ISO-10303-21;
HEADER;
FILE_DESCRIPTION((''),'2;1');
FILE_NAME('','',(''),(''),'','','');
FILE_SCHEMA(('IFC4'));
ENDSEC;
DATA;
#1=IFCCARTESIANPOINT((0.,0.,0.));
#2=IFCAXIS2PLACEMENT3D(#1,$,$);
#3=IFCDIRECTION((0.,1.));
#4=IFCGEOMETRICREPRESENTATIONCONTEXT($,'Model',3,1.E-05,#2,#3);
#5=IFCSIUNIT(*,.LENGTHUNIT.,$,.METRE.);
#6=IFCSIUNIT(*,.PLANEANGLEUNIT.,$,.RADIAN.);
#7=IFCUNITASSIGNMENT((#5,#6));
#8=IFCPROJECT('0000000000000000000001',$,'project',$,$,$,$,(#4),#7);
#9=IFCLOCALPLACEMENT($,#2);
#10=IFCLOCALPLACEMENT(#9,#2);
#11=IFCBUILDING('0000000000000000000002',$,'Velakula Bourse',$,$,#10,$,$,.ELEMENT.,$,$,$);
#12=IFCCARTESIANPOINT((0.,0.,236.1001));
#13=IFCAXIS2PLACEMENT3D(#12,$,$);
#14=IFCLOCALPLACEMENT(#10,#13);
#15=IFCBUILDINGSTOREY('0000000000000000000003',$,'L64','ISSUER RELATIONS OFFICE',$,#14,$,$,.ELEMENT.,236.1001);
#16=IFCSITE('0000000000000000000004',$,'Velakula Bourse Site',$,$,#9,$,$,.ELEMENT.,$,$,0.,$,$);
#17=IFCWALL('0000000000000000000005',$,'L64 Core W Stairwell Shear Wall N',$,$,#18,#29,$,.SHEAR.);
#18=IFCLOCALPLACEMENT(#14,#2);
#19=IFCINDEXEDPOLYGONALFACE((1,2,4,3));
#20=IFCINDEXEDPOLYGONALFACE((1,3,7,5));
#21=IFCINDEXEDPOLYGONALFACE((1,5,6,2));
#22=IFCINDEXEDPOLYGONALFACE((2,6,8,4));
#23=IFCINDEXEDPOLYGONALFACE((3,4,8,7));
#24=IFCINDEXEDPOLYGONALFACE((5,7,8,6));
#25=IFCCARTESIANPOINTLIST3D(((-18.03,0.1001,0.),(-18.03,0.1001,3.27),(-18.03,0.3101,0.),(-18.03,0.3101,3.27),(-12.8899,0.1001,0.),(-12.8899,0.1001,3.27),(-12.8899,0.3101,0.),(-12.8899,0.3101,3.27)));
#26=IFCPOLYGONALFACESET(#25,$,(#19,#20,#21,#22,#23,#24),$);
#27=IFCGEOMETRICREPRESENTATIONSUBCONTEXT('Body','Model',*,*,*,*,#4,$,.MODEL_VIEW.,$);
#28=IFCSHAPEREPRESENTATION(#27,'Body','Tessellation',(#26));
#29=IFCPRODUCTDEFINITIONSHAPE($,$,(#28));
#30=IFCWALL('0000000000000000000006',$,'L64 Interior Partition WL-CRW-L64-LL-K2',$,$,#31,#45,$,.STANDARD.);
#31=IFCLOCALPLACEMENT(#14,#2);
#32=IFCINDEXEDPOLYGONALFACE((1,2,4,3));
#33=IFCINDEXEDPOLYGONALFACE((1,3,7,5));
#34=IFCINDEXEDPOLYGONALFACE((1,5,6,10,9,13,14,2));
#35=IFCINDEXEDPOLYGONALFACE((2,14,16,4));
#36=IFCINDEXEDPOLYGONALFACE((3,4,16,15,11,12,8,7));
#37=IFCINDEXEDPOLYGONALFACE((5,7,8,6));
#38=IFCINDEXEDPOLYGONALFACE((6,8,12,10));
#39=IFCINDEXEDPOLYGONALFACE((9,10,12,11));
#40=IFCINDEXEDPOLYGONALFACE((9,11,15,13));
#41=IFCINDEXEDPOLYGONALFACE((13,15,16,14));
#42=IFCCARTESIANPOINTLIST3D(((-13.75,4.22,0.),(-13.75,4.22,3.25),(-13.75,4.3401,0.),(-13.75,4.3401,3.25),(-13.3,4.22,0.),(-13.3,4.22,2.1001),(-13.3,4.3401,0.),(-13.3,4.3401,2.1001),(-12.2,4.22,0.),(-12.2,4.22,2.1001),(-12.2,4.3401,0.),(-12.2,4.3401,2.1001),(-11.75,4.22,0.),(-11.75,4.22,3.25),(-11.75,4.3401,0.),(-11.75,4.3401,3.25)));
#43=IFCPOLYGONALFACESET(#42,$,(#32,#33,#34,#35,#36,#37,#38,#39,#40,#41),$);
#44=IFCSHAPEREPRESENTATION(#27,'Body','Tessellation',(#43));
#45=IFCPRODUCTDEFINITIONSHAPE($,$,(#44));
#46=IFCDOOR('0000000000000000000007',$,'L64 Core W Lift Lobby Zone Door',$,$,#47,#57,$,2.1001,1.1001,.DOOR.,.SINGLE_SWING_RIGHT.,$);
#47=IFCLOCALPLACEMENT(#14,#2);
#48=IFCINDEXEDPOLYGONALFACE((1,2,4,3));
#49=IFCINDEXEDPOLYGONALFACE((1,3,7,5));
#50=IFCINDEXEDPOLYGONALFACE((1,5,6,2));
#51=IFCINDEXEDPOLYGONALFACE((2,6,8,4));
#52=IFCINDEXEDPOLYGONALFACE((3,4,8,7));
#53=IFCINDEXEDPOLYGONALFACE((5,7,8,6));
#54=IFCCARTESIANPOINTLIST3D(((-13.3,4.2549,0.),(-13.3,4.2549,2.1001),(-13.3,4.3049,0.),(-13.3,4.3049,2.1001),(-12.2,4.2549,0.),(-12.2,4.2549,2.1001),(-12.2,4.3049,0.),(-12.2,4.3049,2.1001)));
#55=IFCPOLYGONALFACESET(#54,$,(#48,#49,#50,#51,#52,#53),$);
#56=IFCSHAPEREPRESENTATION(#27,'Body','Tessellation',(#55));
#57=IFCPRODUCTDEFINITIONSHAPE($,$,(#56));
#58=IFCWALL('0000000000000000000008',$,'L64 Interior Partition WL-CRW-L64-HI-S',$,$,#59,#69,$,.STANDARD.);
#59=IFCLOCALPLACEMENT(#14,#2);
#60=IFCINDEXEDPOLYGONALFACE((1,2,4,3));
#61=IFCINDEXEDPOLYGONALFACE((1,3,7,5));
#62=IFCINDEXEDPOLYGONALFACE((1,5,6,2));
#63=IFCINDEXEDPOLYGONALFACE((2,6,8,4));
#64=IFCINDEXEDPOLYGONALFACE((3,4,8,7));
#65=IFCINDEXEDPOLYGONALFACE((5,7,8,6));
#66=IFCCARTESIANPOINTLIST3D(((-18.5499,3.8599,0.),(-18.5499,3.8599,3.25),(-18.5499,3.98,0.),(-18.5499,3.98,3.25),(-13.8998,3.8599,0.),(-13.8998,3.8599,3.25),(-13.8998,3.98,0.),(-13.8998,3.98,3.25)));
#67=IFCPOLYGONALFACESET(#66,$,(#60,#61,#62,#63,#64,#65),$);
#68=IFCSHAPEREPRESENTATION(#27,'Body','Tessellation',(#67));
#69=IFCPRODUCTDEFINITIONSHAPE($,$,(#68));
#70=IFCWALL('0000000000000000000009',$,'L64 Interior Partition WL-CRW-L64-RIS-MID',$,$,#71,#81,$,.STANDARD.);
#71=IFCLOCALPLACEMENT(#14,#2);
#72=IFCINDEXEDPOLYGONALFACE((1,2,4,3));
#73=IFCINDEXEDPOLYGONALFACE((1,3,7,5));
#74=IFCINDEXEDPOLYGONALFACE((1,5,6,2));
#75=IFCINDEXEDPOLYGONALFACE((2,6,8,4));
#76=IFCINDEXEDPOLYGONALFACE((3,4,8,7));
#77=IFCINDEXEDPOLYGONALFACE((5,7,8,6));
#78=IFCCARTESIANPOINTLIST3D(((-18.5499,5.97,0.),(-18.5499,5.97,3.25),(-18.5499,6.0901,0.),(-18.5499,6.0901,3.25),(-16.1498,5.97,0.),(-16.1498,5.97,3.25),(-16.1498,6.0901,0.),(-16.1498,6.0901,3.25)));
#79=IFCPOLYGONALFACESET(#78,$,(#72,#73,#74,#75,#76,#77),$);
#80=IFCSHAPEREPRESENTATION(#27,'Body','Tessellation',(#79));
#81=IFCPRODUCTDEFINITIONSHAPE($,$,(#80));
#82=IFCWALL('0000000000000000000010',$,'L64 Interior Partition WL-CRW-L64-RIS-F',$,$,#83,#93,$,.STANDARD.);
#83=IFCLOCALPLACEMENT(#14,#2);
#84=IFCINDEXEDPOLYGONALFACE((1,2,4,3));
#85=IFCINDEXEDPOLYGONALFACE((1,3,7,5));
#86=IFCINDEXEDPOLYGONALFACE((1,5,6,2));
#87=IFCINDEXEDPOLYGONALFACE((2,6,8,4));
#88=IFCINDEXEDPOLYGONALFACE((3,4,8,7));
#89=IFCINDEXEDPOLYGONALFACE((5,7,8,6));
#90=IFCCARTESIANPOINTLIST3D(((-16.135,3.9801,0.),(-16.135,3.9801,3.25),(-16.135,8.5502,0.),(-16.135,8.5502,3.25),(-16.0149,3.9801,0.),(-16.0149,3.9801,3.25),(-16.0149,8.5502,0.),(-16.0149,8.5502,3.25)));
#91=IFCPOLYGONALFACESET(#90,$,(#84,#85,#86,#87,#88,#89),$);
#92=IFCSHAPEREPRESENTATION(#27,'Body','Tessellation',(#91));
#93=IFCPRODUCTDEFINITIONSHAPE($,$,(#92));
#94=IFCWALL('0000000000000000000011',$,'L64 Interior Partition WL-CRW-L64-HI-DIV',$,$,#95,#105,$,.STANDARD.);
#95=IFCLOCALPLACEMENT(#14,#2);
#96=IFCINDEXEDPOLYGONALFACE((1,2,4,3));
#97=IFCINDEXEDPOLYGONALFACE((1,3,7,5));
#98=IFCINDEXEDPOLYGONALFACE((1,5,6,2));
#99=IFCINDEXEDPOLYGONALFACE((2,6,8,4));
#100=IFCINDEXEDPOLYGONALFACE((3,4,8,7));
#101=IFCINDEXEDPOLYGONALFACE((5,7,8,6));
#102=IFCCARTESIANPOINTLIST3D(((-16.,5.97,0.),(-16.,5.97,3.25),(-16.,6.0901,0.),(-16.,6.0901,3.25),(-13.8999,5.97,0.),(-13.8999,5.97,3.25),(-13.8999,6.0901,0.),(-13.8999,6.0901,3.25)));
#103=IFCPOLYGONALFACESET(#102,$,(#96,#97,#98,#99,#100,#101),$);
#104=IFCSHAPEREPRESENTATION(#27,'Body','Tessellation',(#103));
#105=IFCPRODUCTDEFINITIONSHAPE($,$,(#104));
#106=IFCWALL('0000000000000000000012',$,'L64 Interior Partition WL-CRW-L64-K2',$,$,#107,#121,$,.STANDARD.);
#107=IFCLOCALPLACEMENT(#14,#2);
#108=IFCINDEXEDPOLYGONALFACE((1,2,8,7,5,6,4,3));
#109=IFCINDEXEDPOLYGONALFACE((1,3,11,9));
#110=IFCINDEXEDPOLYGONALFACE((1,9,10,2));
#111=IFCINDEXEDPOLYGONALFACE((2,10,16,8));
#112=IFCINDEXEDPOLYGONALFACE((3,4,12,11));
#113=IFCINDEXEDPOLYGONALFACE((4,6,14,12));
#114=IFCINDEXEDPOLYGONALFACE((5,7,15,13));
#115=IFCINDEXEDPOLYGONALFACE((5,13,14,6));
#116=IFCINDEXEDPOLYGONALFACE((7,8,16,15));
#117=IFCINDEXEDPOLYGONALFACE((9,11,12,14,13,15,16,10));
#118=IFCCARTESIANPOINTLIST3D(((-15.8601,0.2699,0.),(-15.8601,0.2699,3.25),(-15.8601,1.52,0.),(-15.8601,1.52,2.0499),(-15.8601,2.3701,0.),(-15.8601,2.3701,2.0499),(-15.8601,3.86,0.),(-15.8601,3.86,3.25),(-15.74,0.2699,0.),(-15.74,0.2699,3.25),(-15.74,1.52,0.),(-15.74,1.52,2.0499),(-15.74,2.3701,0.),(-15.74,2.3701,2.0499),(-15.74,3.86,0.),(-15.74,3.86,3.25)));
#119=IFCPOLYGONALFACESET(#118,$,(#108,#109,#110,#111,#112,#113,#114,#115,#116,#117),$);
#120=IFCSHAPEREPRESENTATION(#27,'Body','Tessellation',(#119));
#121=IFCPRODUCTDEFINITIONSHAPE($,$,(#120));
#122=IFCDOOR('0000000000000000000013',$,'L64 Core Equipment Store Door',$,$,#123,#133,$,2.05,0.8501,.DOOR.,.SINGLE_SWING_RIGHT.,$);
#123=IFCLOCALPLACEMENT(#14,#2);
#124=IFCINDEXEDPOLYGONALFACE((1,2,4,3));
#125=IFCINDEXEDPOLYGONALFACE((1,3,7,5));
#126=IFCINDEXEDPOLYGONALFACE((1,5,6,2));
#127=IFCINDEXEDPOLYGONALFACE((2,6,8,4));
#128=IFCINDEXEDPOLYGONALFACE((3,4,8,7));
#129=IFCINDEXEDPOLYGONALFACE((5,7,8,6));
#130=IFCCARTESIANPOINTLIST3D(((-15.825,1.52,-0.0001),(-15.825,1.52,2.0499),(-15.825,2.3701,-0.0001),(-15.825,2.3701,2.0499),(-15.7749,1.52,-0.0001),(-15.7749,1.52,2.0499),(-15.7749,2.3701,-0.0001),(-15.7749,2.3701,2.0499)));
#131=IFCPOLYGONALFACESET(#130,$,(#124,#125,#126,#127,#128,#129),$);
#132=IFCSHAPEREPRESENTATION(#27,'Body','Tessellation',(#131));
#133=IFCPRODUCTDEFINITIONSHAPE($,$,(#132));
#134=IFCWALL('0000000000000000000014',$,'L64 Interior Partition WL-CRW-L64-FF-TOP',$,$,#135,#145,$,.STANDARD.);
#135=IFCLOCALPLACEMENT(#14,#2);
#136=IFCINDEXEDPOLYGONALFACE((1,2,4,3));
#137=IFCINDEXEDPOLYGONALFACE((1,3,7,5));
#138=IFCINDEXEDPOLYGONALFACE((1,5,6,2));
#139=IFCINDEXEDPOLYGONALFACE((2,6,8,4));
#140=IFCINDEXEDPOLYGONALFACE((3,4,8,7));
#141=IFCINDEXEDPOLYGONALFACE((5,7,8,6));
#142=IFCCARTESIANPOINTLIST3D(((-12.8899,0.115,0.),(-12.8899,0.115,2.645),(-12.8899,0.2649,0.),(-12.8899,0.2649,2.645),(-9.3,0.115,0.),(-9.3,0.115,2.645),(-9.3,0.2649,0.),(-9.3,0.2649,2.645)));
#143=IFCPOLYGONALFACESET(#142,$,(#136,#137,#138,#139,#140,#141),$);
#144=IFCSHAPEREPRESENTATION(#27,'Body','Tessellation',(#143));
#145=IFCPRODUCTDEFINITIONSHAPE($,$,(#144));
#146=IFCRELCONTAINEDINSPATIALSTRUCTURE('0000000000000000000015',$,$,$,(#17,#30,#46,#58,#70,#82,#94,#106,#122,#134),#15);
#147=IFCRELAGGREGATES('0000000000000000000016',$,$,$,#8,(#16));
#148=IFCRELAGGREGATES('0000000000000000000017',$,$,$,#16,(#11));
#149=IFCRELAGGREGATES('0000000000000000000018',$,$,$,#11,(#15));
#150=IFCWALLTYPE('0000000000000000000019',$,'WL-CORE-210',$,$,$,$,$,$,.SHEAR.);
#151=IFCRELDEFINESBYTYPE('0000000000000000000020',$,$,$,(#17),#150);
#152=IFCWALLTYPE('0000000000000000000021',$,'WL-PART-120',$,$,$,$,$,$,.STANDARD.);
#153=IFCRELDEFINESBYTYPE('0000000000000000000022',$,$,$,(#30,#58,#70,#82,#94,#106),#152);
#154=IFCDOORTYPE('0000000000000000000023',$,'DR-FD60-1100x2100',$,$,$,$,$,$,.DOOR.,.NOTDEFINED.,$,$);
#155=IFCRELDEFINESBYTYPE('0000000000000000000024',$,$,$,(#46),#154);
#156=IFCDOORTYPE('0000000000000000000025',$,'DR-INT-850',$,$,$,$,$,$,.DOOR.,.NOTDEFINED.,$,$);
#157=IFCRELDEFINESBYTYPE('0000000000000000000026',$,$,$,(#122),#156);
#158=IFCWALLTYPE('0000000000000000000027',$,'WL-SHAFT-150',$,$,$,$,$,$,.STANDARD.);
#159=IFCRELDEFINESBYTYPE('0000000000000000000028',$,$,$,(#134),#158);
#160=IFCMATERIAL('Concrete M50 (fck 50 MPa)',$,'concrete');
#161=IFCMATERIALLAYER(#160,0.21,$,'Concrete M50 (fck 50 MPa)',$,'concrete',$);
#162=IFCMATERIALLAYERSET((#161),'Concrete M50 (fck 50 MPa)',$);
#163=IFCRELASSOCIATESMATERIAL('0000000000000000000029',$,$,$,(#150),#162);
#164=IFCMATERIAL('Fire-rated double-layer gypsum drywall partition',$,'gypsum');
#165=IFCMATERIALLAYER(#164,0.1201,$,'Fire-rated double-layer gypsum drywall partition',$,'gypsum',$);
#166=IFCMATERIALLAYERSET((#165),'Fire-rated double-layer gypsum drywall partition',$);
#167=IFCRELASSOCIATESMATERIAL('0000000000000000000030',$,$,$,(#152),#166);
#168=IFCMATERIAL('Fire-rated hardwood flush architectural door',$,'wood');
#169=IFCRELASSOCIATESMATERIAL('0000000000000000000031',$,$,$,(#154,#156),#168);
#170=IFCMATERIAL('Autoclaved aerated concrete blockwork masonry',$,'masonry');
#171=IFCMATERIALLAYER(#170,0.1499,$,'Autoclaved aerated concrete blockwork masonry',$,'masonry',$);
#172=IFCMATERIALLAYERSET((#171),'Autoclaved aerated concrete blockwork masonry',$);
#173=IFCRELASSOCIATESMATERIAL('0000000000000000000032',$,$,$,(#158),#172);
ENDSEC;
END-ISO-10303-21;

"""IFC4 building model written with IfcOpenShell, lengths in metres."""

from ifc_helpers import new_model, si_unit, direction, frame, frame_2d, origin, place, context, subcontext, project, spatial, rectangle, extrude, material, layer, layer_set, type_object, element, fill, save


model = new_model("IFC4")

# Units and contexts
model_context = context("Model", 3, precision=1e-05, world=origin(), true_north=direction((0.0, 1.0)))
body_context = subcontext(model_context, "Body", "Model", "MODEL_VIEW")
ifc_project = project(units=[si_unit("LENGTHUNIT", "METRE"), si_unit("PLANEANGLEUNIT", "RADIAN")], contexts=[model_context])

# Site, building, storey
site_placement = place(None, origin())
site = spatial("IfcSite", under=ifc_project, at=site_placement, Name="Velakula Bourse Site", CompositionType="ELEMENT", RefElevation=0.0)
building_placement = place(site_placement, origin())
building = spatial("IfcBuilding", under=site, at=building_placement, Name="Velakula Bourse", CompositionType="ELEMENT")
storey_placement = place(building_placement, frame((0.0, 0.0, 236.1001)))
storey = spatial("IfcBuildingStorey", under=building, at=storey_placement, Name="L64", Description="ISSUER RELATIONS OFFICE", CompositionType="ELEMENT", Elevation=236.1001)

# Wall
ifc_material_1 = material(Name="Concrete M50 (fck 50 MPa)", Category="concrete")
ifc_layer_1 = layer(ifc_material_1, 0.21, Name="Concrete M50 (fck 50 MPa)", Category="concrete")
ifc_layer_set_1 = layer_set([ifc_layer_1], Name="Concrete M50 (fck 50 MPa)")
wall_type_1 = type_object("IfcWallType", Name="WL-CORE-210", PredefinedType="SHEAR", material=ifc_layer_set_1)
wall_1_placement = place(storey_placement, frame((-12.8899, 0.2051, 0.0), z_axis=(0.0, 0.0, 1.0), x_axis=(-1.0, 0.0, 0.0)))
element("IfcWall", 1, at=wall_1_placement, inside=storey, type_object=wall_type_1, Name="L64 Core W Stairwell Shear Wall N", PredefinedType="SHEAR", context=body_context, shape_type="SweptSolid", body=[
    extrude(rectangle(XDim=5.1401, YDim=0.21, at=frame_2d((2.5701, 0.0))), origin(), (0.0, 0.0, 1.0), 3.27),
])

# Wall, opening, door
ifc_material_2 = material(Name="Fire-rated double-layer gypsum drywall partition", Category="gypsum")
ifc_layer_2 = layer(ifc_material_2, 0.1201, Name="Fire-rated double-layer gypsum drywall partition", Category="gypsum")
ifc_layer_set_2 = layer_set([ifc_layer_2], Name="Fire-rated double-layer gypsum drywall partition")
wall_type_2 = type_object("IfcWallType", Name="WL-PART-120", PredefinedType="STANDARD", material=ifc_layer_set_2)
wall_2_placement = place(storey_placement, frame((-13.75, 4.28, 0.0), z_axis=(0.0, 0.0, 1.0), x_axis=(1.0, 0.0, 0.0)))
wall_2 = element("IfcWall", 2, at=wall_2_placement, inside=storey, type_object=wall_type_2, Name="L64 Interior Partition WL-CRW-L64-LL-K2", PredefinedType="STANDARD", context=body_context, shape_type="SweptSolid", body=[
    extrude(rectangle(XDim=2.0, YDim=0.1201, at=frame_2d((1.0, 0.0))), origin(), (0.0, 0.0, 1.0), 3.25),
])
opening_1_placement = place(wall_2_placement, frame((0.45, 0.0, 0.0)))
opening_1 = element("IfcOpeningElement", 3, at=opening_1_placement, cuts=wall_2, PredefinedType="OPENING", context=body_context, shape_type="SweptSolid", body=[
    extrude(rectangle(XDim=1.1001, YDim=2.1001, at=frame_2d((0.55, 1.05))), frame((0.0, 0.0701, 0.0), z_axis=(0.0, -1.0, 0.0), x_axis=(1.0, 0.0, 0.0)), (0.0, 0.0, 1.0), 0.1401),
])
ifc_material_3 = material(Name="Fire-rated hardwood flush architectural door", Category="wood")
door_type_1 = type_object("IfcDoorType", Name="DR-FD60-1100x2100", OperationType="NOTDEFINED", PredefinedType="DOOR", material=ifc_material_3)
door_1_placement = place(opening_1_placement, origin())
door_1 = element("IfcDoor", 4, at=door_1_placement, inside=storey, type_object=door_type_1, Name="L64 Core W Lift Lobby Zone Door", OperationType="SINGLE_SWING_RIGHT", OverallHeight=2.1001, OverallWidth=1.1001, PredefinedType="DOOR", context=body_context, shape_type="SweptSolid", body=[
    extrude(rectangle(XDim=1.1001, YDim=2.1001, at=frame_2d((0.55, 1.05))), frame((0.0, 0.0249, 0.0), z_axis=(0.0, -1.0, 0.0), x_axis=(1.0, 0.0, 0.0)), (0.0, 0.0, 1.0), 0.05),
])
fill(opening_1, door_1)

# Walls
wall_3_placement = place(storey_placement, frame((-18.55, 3.9199, 0.0), z_axis=(0.0, 0.0, 1.0), x_axis=(1.0, 0.0, 0.0)))
element("IfcWall", 5, at=wall_3_placement, inside=storey, type_object=wall_type_2, Name="L64 Interior Partition WL-CRW-L64-HI-S", PredefinedType="STANDARD", context=body_context, shape_type="SweptSolid", body=[
    extrude(rectangle(XDim=4.6501, YDim=0.1201, at=frame_2d((2.3252, 0.0))), origin(), (0.0, 0.0, 1.0), 3.25),
])
wall_4_placement = place(storey_placement, frame((-18.55, 6.03, 0.0), z_axis=(0.0, 0.0, 1.0), x_axis=(1.0, 0.0, 0.0)))
element("IfcWall", 6, at=wall_4_placement, inside=storey, type_object=wall_type_2, Name="L64 Interior Partition WL-CRW-L64-RIS-MID", PredefinedType="STANDARD", context=body_context, shape_type="SweptSolid", body=[
    extrude(rectangle(XDim=2.4001, YDim=0.1201, at=frame_2d((1.2002, 0.0))), origin(), (0.0, 0.0, 1.0), 3.25),
])
wall_5_placement = place(storey_placement, frame((-16.075, 3.98, 0.0), z_axis=(0.0, 0.0, 1.0), x_axis=(0.0, 1.0, 0.0)))
element("IfcWall", 7, at=wall_5_placement, inside=storey, type_object=wall_type_2, Name="L64 Interior Partition WL-CRW-L64-RIS-F", PredefinedType="STANDARD", context=body_context, shape_type="SweptSolid", body=[
    extrude(rectangle(XDim=4.5701, YDim=0.1201, at=frame_2d((2.2852, 0.0))), origin(), (0.0, 0.0, 1.0), 3.25),
])
wall_6_placement = place(storey_placement, frame((-16.0, 6.03, 0.0), z_axis=(0.0, 0.0, 1.0), x_axis=(1.0, 0.0, 0.0)))
element("IfcWall", 8, at=wall_6_placement, inside=storey, type_object=wall_type_2, Name="L64 Interior Partition WL-CRW-L64-HI-DIV", PredefinedType="STANDARD", context=body_context, shape_type="SweptSolid", body=[
    extrude(rectangle(XDim=2.1001, YDim=0.1201, at=frame_2d((1.05, 0.0))), origin(), (0.0, 0.0, 1.0), 3.25),
])

# Wall, opening, door
wall_7_placement = place(storey_placement, frame((-15.8, 0.27, 0.0), z_axis=(0.0, 0.0, 1.0), x_axis=(0.0, 1.0, 0.0)))
wall_7 = element("IfcWall", 9, at=wall_7_placement, inside=storey, type_object=wall_type_2, Name="L64 Interior Partition WL-CRW-L64-K2", PredefinedType="STANDARD", context=body_context, shape_type="SweptSolid", body=[
    extrude(rectangle(XDim=3.5901, YDim=0.1201, at=frame_2d((1.7949, 0.0))), origin(), (0.0, 0.0, 1.0), 3.25),
])
opening_2_placement = place(wall_7_placement, frame((1.25, 0.0, 0.0)))
opening_2 = element("IfcOpeningElement", 10, at=opening_2_placement, cuts=wall_7, PredefinedType="OPENING", context=body_context, shape_type="SweptSolid", body=[
    extrude(rectangle(XDim=0.8501, YDim=2.05, at=frame_2d((0.425, 1.0249))), frame((0.0, 0.0701, 0.0), z_axis=(0.0, -1.0, 0.0), x_axis=(1.0, 0.0, 0.0)), (0.0, 0.0, 1.0), 0.1401),
])
door_type_2 = type_object("IfcDoorType", Name="DR-INT-850", OperationType="NOTDEFINED", PredefinedType="DOOR", material=ifc_material_3)
door_2_placement = place(opening_2_placement, origin())
door_2 = element("IfcDoor", 11, at=door_2_placement, inside=storey, type_object=door_type_2, Name="L64 Core Equipment Store Door", OperationType="SINGLE_SWING_RIGHT", OverallHeight=2.05, OverallWidth=0.8501, PredefinedType="DOOR", context=body_context, shape_type="SweptSolid", body=[
    extrude(rectangle(XDim=0.8501, YDim=2.05, at=frame_2d((0.425, 1.0249))), frame((0.0, 0.0249, 0.0), z_axis=(0.0, -1.0, 0.0), x_axis=(1.0, 0.0, 0.0)), (0.0, 0.0, 1.0), 0.05),
])
fill(opening_2, door_2)

# Wall
ifc_material_4 = material(Name="Autoclaved aerated concrete blockwork masonry", Category="masonry")
ifc_layer_3 = layer(ifc_material_4, 0.1499, Name="Autoclaved aerated concrete blockwork masonry", Category="masonry")
ifc_layer_set_3 = layer_set([ifc_layer_3], Name="Autoclaved aerated concrete blockwork masonry")
wall_type_3 = type_object("IfcWallType", Name="WL-SHAFT-150", PredefinedType="STANDARD", material=ifc_layer_set_3)
wall_8_placement = place(storey_placement, frame((-12.8899, 0.1899, 0.0), z_axis=(0.0, 0.0, 1.0), x_axis=(1.0, 0.0, 0.0)))
element("IfcWall", 12, at=wall_8_placement, inside=storey, type_object=wall_type_3, Name="L64 Interior Partition WL-CRW-L64-FF-TOP", PredefinedType="STANDARD", context=body_context, shape_type="SweptSolid", body=[
    extrude(rectangle(XDim=3.5898, YDim=0.1499, at=frame_2d((1.7949, 0.0))), origin(), (0.0, 0.0, 1.0), 2.645),
])

save(model, "model.ifc")
